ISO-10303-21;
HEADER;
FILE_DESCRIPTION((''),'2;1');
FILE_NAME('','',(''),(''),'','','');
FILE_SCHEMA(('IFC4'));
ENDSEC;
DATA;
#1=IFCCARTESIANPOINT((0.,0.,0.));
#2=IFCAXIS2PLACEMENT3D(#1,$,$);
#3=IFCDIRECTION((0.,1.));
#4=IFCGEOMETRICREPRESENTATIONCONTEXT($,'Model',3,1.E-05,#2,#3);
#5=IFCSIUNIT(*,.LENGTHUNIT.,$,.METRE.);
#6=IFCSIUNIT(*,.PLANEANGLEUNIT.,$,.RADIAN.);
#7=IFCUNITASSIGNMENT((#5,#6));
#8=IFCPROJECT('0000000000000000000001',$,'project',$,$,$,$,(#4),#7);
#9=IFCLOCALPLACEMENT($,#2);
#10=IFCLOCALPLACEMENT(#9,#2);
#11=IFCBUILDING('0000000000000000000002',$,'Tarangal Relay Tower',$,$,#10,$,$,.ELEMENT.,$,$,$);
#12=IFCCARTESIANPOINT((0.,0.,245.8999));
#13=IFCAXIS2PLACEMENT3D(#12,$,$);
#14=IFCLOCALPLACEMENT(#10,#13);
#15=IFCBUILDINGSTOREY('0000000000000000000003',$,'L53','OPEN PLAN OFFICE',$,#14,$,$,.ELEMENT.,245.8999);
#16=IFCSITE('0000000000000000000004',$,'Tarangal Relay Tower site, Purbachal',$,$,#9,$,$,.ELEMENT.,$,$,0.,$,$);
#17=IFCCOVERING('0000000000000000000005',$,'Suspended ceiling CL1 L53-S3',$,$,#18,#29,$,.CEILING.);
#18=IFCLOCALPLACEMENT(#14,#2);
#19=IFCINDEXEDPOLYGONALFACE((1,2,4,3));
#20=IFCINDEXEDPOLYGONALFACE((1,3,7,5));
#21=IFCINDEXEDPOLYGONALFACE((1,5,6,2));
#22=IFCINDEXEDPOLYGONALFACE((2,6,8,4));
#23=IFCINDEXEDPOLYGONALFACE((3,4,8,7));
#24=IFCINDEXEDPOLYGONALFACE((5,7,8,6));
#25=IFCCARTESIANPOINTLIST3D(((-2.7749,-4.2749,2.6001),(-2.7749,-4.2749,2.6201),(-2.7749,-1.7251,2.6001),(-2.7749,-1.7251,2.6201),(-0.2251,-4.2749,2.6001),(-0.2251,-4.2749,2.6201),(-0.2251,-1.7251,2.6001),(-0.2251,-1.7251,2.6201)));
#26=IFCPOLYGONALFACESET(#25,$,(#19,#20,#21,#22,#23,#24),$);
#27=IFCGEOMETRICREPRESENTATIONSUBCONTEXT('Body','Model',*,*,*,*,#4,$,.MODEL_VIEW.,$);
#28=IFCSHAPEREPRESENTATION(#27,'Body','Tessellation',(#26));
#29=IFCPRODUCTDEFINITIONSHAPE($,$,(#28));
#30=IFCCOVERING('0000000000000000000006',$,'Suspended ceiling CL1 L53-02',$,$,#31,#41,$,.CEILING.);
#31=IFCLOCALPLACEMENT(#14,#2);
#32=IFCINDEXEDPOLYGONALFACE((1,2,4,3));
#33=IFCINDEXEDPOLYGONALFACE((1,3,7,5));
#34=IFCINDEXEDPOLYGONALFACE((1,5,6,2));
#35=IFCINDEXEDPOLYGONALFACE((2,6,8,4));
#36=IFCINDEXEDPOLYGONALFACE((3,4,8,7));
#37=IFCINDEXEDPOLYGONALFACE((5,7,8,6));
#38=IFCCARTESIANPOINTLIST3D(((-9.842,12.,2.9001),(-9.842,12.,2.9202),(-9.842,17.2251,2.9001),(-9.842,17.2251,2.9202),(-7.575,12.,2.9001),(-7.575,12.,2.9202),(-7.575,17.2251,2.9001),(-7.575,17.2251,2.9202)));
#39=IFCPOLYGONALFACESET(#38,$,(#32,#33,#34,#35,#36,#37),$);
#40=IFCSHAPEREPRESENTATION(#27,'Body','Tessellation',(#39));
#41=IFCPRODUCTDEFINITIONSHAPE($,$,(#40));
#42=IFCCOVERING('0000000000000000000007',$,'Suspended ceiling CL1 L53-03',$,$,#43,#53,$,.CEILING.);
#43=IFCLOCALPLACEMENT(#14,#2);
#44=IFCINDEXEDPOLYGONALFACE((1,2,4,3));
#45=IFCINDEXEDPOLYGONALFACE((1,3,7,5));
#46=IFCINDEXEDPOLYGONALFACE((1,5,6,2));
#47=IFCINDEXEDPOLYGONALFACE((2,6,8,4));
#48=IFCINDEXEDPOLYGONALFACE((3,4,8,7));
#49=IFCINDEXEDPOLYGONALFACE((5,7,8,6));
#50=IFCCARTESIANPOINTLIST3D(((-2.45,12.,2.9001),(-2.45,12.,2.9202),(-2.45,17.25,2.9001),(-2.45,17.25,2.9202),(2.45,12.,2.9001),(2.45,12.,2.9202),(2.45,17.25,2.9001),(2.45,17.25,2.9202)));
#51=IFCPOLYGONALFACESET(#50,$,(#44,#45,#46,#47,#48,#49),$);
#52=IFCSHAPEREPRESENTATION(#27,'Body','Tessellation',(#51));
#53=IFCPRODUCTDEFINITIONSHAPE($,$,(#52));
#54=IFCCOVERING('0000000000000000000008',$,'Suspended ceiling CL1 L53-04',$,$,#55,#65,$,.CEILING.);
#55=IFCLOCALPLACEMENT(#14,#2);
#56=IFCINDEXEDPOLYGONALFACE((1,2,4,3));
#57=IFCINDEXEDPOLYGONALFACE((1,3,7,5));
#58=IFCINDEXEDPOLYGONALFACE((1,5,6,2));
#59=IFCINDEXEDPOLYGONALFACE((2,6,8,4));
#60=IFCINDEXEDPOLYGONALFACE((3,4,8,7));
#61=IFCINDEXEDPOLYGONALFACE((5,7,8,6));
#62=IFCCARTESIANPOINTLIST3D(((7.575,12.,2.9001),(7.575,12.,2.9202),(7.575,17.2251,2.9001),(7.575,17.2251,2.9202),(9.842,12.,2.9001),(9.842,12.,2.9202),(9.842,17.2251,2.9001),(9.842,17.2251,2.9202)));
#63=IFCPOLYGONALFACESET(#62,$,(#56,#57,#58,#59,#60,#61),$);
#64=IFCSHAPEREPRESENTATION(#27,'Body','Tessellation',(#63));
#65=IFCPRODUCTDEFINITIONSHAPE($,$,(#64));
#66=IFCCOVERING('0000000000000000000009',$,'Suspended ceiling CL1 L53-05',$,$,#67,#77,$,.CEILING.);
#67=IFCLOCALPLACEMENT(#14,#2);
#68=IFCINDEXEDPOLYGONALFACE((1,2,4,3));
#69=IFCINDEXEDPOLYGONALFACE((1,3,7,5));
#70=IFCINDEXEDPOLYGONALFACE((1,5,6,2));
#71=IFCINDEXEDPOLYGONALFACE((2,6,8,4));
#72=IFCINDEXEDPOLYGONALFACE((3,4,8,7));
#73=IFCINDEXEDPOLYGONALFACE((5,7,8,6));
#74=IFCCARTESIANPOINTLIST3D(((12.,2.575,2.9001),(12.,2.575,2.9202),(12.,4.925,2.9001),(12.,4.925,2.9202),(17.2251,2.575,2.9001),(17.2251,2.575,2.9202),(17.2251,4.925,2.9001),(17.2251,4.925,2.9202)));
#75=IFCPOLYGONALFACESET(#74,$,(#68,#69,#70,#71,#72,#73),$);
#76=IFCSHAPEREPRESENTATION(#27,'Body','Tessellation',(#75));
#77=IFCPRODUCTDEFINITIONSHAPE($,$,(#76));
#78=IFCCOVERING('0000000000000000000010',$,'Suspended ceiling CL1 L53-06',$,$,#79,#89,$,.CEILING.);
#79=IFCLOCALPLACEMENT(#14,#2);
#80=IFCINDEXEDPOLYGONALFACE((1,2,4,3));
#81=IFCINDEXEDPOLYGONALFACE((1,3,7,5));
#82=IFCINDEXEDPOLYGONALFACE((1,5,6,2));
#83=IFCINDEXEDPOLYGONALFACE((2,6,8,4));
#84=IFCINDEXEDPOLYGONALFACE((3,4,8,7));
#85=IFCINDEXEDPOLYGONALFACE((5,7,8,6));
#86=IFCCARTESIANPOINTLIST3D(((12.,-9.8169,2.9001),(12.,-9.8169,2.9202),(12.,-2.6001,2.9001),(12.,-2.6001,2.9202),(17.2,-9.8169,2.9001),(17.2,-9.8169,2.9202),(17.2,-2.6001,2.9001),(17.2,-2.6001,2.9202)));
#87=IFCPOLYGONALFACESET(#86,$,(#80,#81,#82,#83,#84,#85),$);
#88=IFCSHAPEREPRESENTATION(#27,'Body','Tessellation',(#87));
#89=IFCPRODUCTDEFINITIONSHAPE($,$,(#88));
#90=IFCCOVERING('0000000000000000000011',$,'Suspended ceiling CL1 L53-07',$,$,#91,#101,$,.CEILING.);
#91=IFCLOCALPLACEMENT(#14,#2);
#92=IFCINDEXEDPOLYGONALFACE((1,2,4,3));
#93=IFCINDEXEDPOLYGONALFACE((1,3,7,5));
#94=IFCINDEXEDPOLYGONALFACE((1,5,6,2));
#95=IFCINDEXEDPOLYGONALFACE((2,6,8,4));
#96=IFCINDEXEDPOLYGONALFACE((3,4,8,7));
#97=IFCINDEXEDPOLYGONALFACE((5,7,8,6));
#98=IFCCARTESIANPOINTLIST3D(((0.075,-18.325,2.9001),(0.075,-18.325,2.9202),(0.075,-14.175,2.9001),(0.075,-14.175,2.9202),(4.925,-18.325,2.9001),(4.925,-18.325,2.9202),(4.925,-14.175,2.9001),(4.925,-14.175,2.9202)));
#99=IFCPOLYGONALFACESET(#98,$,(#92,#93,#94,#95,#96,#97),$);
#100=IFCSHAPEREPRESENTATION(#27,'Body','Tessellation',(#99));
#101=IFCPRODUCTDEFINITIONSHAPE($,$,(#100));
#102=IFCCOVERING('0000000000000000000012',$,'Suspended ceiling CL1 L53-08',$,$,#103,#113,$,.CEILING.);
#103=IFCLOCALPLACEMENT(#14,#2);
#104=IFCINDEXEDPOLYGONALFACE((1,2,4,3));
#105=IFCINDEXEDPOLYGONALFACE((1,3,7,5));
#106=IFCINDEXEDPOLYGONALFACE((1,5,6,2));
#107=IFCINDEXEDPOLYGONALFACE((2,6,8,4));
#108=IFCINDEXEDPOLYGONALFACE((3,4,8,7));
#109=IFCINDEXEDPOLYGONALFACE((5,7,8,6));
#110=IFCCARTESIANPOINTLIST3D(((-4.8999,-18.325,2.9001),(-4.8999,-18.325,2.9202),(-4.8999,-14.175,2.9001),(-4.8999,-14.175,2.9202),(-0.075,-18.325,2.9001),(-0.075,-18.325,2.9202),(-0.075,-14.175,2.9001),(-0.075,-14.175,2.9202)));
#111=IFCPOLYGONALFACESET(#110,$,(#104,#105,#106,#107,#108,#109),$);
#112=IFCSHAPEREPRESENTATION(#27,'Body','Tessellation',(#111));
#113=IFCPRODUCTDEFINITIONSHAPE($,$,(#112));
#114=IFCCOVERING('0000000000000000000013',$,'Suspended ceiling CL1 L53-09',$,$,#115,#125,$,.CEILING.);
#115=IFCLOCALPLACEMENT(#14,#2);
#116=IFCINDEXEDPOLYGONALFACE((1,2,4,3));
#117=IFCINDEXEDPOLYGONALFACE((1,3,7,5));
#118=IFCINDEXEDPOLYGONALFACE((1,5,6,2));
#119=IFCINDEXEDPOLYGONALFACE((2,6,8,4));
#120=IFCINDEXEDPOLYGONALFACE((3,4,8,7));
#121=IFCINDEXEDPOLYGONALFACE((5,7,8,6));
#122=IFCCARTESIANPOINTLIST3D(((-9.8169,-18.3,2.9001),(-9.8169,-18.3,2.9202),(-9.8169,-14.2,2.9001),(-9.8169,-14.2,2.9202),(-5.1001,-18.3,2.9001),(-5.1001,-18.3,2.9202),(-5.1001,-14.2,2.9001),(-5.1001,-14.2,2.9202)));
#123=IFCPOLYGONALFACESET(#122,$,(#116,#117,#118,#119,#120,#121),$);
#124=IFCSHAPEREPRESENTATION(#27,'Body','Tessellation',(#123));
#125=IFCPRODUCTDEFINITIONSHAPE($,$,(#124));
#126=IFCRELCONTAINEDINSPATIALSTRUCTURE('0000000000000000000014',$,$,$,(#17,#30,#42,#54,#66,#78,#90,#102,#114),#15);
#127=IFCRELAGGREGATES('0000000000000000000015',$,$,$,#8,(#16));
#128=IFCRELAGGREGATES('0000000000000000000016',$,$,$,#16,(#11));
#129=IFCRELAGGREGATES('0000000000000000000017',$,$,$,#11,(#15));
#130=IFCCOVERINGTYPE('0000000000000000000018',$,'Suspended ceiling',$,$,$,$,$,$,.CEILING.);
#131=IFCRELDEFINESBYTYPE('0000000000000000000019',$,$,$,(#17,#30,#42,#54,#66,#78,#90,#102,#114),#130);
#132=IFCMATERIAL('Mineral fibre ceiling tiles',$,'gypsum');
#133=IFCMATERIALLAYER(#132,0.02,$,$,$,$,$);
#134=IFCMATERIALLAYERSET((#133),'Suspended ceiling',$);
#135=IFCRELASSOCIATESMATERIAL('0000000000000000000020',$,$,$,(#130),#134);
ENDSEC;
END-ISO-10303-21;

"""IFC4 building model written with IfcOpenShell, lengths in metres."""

from ifc_helpers import new_model, si_unit, direction, frame, origin, place, context, subcontext, project, spatial, polyline, outline, extrude, material, layer, layer_set, type_object, element, save


model = new_model("IFC4")

# Units and contexts
model_context = context("Model", 3, precision=1e-05, world=origin(), true_north=direction((0.0, 1.0)))
body_context = subcontext(model_context, "Body", "Model", "MODEL_VIEW")
ifc_project = project(units=[si_unit("LENGTHUNIT", "METRE"), si_unit("PLANEANGLEUNIT", "RADIAN")], contexts=[model_context])

# Site, building, storey
site_placement = place(None, origin())
site = spatial("IfcSite", under=ifc_project, at=site_placement, Name="Tarangal Relay Tower site, Purbachal", CompositionType="ELEMENT", RefElevation=0.0)
building_placement = place(site_placement, origin())
building = spatial("IfcBuilding", under=site, at=building_placement, Name="Tarangal Relay Tower", CompositionType="ELEMENT")
storey_placement = place(building_placement, frame((0.0, 0.0, 245.8999)))
storey = spatial("IfcBuildingStorey", under=building, at=storey_placement, Name="L53", Description="OPEN PLAN OFFICE", CompositionType="ELEMENT", Elevation=245.8999)

# Coverings
ifc_material_1 = material(Name="Mineral fibre ceiling tiles", Category="gypsum")
ifc_layer_1 = layer(ifc_material_1, 0.02)
ifc_layer_set_1 = layer_set([ifc_layer_1], Name="Suspended ceiling")
covering_type_1 = type_object("IfcCoveringType", Name="Suspended ceiling", PredefinedType="CEILING", material=ifc_layer_set_1)
covering_1_placement = place(storey_placement, frame((0.0, 0.0, 2.6001)))
element("IfcCovering", 1, at=covering_1_placement, inside=storey, type_object=covering_type_1, Name="Suspended ceiling CL1 L53-S3", PredefinedType="CEILING", context=body_context, shape_type="SweptSolid", body=[
    extrude(outline(polyline([(-2.7749, -4.2749), (-0.2251, -4.2749), (-0.2251, -1.7251), (-2.7749, -1.7251), (-2.7749, -4.2749)])), origin(), (0.0, 0.0, 1.0), 0.02),
])
covering_2_placement = place(storey_placement, frame((0.0, 0.0, 2.9001)))
element("IfcCovering", 2, at=covering_2_placement, inside=storey, type_object=covering_type_1, Name="Suspended ceiling CL1 L53-02", PredefinedType="CEILING", context=body_context, shape_type="SweptSolid", body=[
    extrude(outline(polyline([(-7.575, 12.0), (-7.575, 17.2251), (-9.842, 17.2251), (-9.842, 12.0), (-7.575, 12.0)])), origin(), (0.0, 0.0, 1.0), 0.02),
])
covering_3_placement = place(storey_placement, frame((0.0, 0.0, 2.9001)))
element("IfcCovering", 3, at=covering_3_placement, inside=storey, type_object=covering_type_1, Name="Suspended ceiling CL1 L53-03", PredefinedType="CEILING", context=body_context, shape_type="SweptSolid", body=[
    extrude(outline(polyline([(2.45, 12.0), (2.45, 17.25), (-2.45, 17.25), (-2.45, 12.0), (2.45, 12.0)])), origin(), (0.0, 0.0, 1.0), 0.02),
])
covering_4_placement = place(storey_placement, frame((0.0, 0.0, 2.9001)))
element("IfcCovering", 4, at=covering_4_placement, inside=storey, type_object=covering_type_1, Name="Suspended ceiling CL1 L53-04", PredefinedType="CEILING", context=body_context, shape_type="SweptSolid", body=[
    extrude(outline(polyline([(9.842, 12.0), (9.842, 17.2251), (7.575, 17.2251), (7.575, 12.0), (9.842, 12.0)])), origin(), (0.0, 0.0, 1.0), 0.02),
])
covering_5_placement = place(storey_placement, frame((0.0, 0.0, 2.9001)))
element("IfcCovering", 5, at=covering_5_placement, inside=storey, type_object=covering_type_1, Name="Suspended ceiling CL1 L53-05", PredefinedType="CEILING", context=body_context, shape_type="SweptSolid", body=[
    extrude(outline(polyline([(12.0, 2.575), (17.2251, 2.575), (17.2251, 4.925), (12.0, 4.925), (12.0, 2.575)])), origin(), (0.0, 0.0, 1.0), 0.02),
])
covering_6_placement = place(storey_placement, frame((0.0, 0.0, 2.9001)))
element("IfcCovering", 6, at=covering_6_placement, inside=storey, type_object=covering_type_1, Name="Suspended ceiling CL1 L53-06", PredefinedType="CEILING", context=body_context, shape_type="SweptSolid", body=[
    extrude(outline(polyline([(12.0, -9.8169), (17.2, -9.8169), (17.2, -2.6001), (12.0, -2.6001), (12.0, -9.8169)])), origin(), (0.0, 0.0, 1.0), 0.02),
])
covering_7_placement = place(storey_placement, frame((0.0, 0.0, 2.9001)))
element("IfcCovering", 7, at=covering_7_placement, inside=storey, type_object=covering_type_1, Name="Suspended ceiling CL1 L53-07", PredefinedType="CEILING", context=body_context, shape_type="SweptSolid", body=[
    extrude(outline(polyline([(4.925, -14.175), (0.075, -14.175), (0.075, -18.325), (4.925, -18.325), (4.925, -14.175)])), origin(), (0.0, 0.0, 1.0), 0.02),
])
covering_8_placement = place(storey_placement, frame((0.0, 0.0, 2.9001)))
element("IfcCovering", 8, at=covering_8_placement, inside=storey, type_object=covering_type_1, Name="Suspended ceiling CL1 L53-08", PredefinedType="CEILING", context=body_context, shape_type="SweptSolid", body=[
    extrude(outline(polyline([(-4.8999, -18.325), (-0.075, -18.325), (-0.075, -14.175), (-4.8999, -14.175), (-4.8999, -18.325)])), origin(), (0.0, 0.0, 1.0), 0.02),
])
covering_9_placement = place(storey_placement, frame((0.0, 0.0, 2.9001)))
element("IfcCovering", 9, at=covering_9_placement, inside=storey, type_object=covering_type_1, Name="Suspended ceiling CL1 L53-09", PredefinedType="CEILING", context=body_context, shape_type="SweptSolid", body=[
    extrude(outline(polyline([(-5.1001, -14.2), (-9.8169, -14.2), (-9.8169, -18.3), (-5.1001, -18.3), (-5.1001, -14.2)])), origin(), (0.0, 0.0, 1.0), 0.02),
])

save(model, "model.ifc")
